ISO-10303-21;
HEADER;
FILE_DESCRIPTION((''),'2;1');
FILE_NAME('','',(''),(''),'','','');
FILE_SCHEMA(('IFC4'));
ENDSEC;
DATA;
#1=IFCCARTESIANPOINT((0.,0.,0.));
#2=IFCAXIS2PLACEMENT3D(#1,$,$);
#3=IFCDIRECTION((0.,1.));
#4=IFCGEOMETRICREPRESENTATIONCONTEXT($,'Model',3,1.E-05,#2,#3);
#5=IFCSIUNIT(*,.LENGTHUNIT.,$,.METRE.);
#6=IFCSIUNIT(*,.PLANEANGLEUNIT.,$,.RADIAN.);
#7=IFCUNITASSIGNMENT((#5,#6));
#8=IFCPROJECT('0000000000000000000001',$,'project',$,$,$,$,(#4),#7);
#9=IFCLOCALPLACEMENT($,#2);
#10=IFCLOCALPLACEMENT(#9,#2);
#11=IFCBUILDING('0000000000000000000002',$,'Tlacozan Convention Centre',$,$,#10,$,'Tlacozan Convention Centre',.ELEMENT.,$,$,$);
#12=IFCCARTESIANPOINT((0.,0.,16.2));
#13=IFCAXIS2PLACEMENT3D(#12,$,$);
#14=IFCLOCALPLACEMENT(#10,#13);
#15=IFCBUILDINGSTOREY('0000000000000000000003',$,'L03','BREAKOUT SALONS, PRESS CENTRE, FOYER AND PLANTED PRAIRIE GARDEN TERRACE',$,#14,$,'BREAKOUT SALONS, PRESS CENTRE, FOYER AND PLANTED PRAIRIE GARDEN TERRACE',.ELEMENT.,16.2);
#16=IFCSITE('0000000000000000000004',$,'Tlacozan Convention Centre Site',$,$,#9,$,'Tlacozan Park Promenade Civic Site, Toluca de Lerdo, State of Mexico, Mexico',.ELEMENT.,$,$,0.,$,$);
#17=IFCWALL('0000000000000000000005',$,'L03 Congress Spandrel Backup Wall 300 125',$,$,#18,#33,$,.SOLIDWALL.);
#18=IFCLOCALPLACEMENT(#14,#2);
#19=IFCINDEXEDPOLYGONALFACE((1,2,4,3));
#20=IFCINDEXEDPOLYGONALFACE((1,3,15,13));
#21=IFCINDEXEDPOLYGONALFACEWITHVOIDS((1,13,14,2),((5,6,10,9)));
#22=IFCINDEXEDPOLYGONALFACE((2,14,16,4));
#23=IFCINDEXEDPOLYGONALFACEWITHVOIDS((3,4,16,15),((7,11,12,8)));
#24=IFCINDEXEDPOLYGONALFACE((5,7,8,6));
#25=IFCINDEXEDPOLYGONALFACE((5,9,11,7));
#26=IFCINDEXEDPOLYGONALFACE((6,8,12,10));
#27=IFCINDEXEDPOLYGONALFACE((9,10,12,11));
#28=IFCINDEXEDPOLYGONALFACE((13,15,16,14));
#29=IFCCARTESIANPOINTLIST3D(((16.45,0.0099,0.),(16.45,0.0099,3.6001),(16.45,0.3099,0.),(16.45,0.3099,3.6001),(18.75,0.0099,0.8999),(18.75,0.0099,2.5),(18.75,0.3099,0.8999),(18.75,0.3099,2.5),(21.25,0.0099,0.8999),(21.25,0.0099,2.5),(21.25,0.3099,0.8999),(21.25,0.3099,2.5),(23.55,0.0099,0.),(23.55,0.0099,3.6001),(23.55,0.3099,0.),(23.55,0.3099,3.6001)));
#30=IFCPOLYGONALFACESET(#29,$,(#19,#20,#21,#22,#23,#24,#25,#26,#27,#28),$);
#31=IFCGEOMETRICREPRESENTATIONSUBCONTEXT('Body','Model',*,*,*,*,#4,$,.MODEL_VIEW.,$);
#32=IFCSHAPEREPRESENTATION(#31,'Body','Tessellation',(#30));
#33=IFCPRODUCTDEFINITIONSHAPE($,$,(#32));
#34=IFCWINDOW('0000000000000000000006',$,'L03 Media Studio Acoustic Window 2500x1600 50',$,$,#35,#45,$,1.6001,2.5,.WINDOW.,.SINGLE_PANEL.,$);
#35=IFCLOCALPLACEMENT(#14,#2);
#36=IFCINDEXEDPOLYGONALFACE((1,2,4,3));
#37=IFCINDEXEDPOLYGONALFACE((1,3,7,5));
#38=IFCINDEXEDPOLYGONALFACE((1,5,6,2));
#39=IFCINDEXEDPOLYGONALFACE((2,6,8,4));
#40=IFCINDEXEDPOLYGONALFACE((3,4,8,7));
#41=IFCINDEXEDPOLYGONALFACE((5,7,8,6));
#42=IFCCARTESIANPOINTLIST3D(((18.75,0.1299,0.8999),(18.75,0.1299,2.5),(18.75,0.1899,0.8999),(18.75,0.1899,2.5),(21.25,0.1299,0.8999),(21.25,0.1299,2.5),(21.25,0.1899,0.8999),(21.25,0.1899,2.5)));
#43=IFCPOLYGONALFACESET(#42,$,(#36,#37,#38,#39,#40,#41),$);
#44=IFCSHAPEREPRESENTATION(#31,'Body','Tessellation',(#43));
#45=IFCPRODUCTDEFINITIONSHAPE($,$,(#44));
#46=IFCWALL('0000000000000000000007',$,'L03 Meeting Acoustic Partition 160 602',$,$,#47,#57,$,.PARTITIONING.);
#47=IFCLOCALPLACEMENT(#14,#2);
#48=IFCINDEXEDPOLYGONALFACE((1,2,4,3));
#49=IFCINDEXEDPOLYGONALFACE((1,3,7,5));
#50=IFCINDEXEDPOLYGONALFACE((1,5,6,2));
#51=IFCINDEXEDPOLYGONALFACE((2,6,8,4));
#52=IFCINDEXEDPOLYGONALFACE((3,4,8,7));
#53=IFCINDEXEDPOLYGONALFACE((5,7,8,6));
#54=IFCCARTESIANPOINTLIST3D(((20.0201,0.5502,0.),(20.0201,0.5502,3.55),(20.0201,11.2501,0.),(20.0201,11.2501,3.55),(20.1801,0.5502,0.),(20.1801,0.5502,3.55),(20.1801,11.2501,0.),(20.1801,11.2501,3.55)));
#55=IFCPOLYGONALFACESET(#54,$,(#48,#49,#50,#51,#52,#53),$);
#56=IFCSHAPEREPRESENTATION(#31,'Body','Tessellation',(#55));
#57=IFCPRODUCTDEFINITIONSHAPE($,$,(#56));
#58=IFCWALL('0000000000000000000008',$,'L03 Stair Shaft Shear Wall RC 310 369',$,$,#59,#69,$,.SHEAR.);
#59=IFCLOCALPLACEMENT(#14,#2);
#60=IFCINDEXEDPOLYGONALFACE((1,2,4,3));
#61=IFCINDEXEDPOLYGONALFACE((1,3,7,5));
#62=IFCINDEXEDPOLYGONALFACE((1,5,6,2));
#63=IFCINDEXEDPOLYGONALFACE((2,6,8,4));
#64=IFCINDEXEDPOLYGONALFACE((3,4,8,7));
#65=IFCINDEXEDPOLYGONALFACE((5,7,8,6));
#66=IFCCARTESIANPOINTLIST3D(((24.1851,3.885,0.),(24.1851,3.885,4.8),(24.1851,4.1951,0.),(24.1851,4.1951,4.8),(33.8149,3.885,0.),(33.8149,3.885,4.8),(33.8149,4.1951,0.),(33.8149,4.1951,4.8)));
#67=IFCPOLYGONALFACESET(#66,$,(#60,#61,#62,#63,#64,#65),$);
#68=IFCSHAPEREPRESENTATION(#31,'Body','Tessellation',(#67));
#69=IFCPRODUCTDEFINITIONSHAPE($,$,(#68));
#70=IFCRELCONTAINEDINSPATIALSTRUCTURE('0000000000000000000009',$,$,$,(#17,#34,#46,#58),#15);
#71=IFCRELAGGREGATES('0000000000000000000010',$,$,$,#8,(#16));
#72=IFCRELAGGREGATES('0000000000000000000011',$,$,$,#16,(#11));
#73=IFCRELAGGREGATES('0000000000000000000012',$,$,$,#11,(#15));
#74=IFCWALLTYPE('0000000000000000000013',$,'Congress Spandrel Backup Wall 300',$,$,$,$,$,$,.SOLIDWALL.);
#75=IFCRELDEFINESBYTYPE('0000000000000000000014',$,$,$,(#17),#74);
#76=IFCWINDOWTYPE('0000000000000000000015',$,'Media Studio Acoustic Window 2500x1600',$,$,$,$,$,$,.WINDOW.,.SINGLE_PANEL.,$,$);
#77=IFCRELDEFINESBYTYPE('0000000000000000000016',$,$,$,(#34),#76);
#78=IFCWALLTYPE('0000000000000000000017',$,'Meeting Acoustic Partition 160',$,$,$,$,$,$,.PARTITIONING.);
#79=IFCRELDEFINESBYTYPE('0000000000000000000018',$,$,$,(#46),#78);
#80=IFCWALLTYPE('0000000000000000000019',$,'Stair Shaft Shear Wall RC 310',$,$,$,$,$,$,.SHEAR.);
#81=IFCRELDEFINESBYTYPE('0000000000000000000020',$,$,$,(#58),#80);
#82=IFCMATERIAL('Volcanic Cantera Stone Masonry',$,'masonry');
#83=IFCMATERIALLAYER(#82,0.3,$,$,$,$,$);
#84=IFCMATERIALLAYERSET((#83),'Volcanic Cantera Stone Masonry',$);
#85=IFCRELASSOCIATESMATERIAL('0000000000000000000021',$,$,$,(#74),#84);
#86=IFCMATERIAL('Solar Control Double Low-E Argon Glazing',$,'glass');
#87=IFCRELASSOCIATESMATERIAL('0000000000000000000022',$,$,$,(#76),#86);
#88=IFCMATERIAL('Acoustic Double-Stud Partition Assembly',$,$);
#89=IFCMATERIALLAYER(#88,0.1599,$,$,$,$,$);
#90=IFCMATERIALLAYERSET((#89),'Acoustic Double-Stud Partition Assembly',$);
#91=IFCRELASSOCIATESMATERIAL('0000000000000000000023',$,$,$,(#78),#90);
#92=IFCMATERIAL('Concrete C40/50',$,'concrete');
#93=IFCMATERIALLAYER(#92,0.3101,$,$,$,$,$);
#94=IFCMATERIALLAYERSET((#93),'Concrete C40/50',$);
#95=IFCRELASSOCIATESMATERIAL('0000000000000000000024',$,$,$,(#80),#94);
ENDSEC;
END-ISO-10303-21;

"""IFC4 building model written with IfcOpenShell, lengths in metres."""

from ifc_helpers import new_model, si_unit, direction, frame, frame_2d, origin, place, context, subcontext, project, spatial, rectangle, extrude, material, layer, layer_set, type_object, element, fill, save


model = new_model("IFC4")

# Units and contexts
model_context = context("Model", 3, precision=1e-05, world=origin(), true_north=direction((0.0, 1.0)))
body_context = subcontext(model_context, "Body", "Model", "MODEL_VIEW")
ifc_project = project(units=[si_unit("LENGTHUNIT", "METRE"), si_unit("PLANEANGLEUNIT", "RADIAN")], contexts=[model_context])

# Site, building, storey
site_placement = place(None, origin())
site = spatial("IfcSite", under=ifc_project, at=site_placement, Name="Tlacozan Convention Centre Site", LongName="Tlacozan Park Promenade Civic Site, Toluca de Lerdo, State of Mexico, Mexico", CompositionType="ELEMENT", RefElevation=0.0)
building_placement = place(site_placement, origin())
building = spatial("IfcBuilding", under=site, at=building_placement, Name="Tlacozan Convention Centre", LongName="Tlacozan Convention Centre", CompositionType="ELEMENT")
storey_placement = place(building_placement, frame((0.0, 0.0, 16.2)))
storey = spatial("IfcBuildingStorey", under=building, at=storey_placement, Name="L03", Description="BREAKOUT SALONS, PRESS CENTRE, FOYER AND PLANTED PRAIRIE GARDEN TERRACE", LongName="BREAKOUT SALONS, PRESS CENTRE, FOYER AND PLANTED PRAIRIE GARDEN TERRACE", CompositionType="ELEMENT", Elevation=16.2)

# Shared definitions
ifc_material_1 = material(Name="Concrete C40/50", Category="concrete")

# Shared definitions
ifc_material_2 = material(Name="Solar Control Double Low-E Argon Glazing", Category="glass")

# Wall, opening, window
ifc_material_3 = material(Name="Volcanic Cantera Stone Masonry", Category="masonry")
ifc_layer_1 = layer(ifc_material_3, 0.3)
ifc_layer_set_1 = layer_set([ifc_layer_1], Name="Volcanic Cantera Stone Masonry")
wall_type_1 = type_object("IfcWallType", Name="Congress Spandrel Backup Wall 300", PredefinedType="SOLIDWALL", material=ifc_layer_set_1)
wall_1_placement = place(storey_placement, frame((16.45, 0.1599, 0.0), z_axis=(0.0, 0.0, 1.0), x_axis=(1.0, 0.0, 0.0)))
wall_1 = element("IfcWall", 1, at=wall_1_placement, inside=storey, type_object=wall_type_1, Name="L03 Congress Spandrel Backup Wall 300 125", PredefinedType="SOLIDWALL", context=body_context, shape_type="SweptSolid", body=[
    extrude(rectangle(XDim=7.1001, YDim=0.3, at=frame_2d((3.55, 0.0))), origin(), (0.0, 0.0, 1.0), 3.6001),
])
opening_placement = place(wall_1_placement, frame((2.3, 0.0, 0.8999)))
opening = element("IfcOpeningElement", 2, at=opening_placement, cuts=wall_1, PredefinedType="OPENING", context=body_context, shape_type="SweptSolid", body=[
    extrude(rectangle(XDim=2.5, YDim=1.6001, at=frame_2d((1.25, 0.8))), frame((0.0, 0.1599, 0.0), z_axis=(0.0, -1.0, 0.0), x_axis=(1.0, 0.0, 0.0)), (0.0, 0.0, 1.0), 0.3201),
])
window_type = type_object("IfcWindowType", Name="Media Studio Acoustic Window 2500x1600", PartitioningType="SINGLE_PANEL", PredefinedType="WINDOW", material=ifc_material_2)
window_placement = place(opening_placement, origin())
window = element("IfcWindow", 3, at=window_placement, inside=storey, type_object=window_type, Name="L03 Media Studio Acoustic Window 2500x1600 50", OverallHeight=1.6001, OverallWidth=2.5, PartitioningType="SINGLE_PANEL", PredefinedType="WINDOW", context=body_context, shape_type="SweptSolid", body=[
    extrude(rectangle(XDim=2.5, YDim=1.6001, at=frame_2d((1.25, 0.8))), frame((0.0, 0.03, 0.0), z_axis=(0.0, -1.0, 0.0), x_axis=(1.0, 0.0, 0.0)), (0.0, 0.0, 1.0), 0.0601),
])
fill(opening, window)

# Walls
ifc_material_4 = material(Name="Acoustic Double-Stud Partition Assembly")
ifc_layer_2 = layer(ifc_material_4, 0.1599)
ifc_layer_set_2 = layer_set([ifc_layer_2], Name="Acoustic Double-Stud Partition Assembly")
wall_type_2 = type_object("IfcWallType", Name="Meeting Acoustic Partition 160", PredefinedType="PARTITIONING", material=ifc_layer_set_2)
wall_2_placement = place(storey_placement, frame((20.1001, 0.55, 0.0), z_axis=(0.0, 0.0, 1.0), x_axis=(0.0, 1.0, 0.0)))
element("IfcWall", 4, at=wall_2_placement, inside=storey, type_object=wall_type_2, Name="L03 Meeting Acoustic Partition 160 602", PredefinedType="PARTITIONING", context=body_context, shape_type="SweptSolid", body=[
    extrude(rectangle(XDim=10.7, YDim=0.1599, at=frame_2d((5.3501, 0.0))), origin(), (0.0, 0.0, 1.0), 3.55),
])
ifc_layer_3 = layer(ifc_material_1, 0.3101)
ifc_layer_set_3 = layer_set([ifc_layer_3], Name="Concrete C40/50")
wall_type_3 = type_object("IfcWallType", Name="Stair Shaft Shear Wall RC 310", PredefinedType="SHEAR", material=ifc_layer_set_3)
wall_3_placement = place(storey_placement, frame((24.1851, 4.04, 0.0), z_axis=(0.0, 0.0, 1.0), x_axis=(1.0, 0.0, 0.0)))
element("IfcWall", 5, at=wall_3_placement, inside=storey, type_object=wall_type_3, Name="L03 Stair Shaft Shear Wall RC 310 369", PredefinedType="SHEAR", context=body_context, shape_type="SweptSolid", body=[
    extrude(rectangle(XDim=9.6299, YDim=0.3101, at=frame_2d((4.8149, 0.0))), origin(), (0.0, 0.0, 1.0), 4.8),
])

save(model, "model.ifc")
